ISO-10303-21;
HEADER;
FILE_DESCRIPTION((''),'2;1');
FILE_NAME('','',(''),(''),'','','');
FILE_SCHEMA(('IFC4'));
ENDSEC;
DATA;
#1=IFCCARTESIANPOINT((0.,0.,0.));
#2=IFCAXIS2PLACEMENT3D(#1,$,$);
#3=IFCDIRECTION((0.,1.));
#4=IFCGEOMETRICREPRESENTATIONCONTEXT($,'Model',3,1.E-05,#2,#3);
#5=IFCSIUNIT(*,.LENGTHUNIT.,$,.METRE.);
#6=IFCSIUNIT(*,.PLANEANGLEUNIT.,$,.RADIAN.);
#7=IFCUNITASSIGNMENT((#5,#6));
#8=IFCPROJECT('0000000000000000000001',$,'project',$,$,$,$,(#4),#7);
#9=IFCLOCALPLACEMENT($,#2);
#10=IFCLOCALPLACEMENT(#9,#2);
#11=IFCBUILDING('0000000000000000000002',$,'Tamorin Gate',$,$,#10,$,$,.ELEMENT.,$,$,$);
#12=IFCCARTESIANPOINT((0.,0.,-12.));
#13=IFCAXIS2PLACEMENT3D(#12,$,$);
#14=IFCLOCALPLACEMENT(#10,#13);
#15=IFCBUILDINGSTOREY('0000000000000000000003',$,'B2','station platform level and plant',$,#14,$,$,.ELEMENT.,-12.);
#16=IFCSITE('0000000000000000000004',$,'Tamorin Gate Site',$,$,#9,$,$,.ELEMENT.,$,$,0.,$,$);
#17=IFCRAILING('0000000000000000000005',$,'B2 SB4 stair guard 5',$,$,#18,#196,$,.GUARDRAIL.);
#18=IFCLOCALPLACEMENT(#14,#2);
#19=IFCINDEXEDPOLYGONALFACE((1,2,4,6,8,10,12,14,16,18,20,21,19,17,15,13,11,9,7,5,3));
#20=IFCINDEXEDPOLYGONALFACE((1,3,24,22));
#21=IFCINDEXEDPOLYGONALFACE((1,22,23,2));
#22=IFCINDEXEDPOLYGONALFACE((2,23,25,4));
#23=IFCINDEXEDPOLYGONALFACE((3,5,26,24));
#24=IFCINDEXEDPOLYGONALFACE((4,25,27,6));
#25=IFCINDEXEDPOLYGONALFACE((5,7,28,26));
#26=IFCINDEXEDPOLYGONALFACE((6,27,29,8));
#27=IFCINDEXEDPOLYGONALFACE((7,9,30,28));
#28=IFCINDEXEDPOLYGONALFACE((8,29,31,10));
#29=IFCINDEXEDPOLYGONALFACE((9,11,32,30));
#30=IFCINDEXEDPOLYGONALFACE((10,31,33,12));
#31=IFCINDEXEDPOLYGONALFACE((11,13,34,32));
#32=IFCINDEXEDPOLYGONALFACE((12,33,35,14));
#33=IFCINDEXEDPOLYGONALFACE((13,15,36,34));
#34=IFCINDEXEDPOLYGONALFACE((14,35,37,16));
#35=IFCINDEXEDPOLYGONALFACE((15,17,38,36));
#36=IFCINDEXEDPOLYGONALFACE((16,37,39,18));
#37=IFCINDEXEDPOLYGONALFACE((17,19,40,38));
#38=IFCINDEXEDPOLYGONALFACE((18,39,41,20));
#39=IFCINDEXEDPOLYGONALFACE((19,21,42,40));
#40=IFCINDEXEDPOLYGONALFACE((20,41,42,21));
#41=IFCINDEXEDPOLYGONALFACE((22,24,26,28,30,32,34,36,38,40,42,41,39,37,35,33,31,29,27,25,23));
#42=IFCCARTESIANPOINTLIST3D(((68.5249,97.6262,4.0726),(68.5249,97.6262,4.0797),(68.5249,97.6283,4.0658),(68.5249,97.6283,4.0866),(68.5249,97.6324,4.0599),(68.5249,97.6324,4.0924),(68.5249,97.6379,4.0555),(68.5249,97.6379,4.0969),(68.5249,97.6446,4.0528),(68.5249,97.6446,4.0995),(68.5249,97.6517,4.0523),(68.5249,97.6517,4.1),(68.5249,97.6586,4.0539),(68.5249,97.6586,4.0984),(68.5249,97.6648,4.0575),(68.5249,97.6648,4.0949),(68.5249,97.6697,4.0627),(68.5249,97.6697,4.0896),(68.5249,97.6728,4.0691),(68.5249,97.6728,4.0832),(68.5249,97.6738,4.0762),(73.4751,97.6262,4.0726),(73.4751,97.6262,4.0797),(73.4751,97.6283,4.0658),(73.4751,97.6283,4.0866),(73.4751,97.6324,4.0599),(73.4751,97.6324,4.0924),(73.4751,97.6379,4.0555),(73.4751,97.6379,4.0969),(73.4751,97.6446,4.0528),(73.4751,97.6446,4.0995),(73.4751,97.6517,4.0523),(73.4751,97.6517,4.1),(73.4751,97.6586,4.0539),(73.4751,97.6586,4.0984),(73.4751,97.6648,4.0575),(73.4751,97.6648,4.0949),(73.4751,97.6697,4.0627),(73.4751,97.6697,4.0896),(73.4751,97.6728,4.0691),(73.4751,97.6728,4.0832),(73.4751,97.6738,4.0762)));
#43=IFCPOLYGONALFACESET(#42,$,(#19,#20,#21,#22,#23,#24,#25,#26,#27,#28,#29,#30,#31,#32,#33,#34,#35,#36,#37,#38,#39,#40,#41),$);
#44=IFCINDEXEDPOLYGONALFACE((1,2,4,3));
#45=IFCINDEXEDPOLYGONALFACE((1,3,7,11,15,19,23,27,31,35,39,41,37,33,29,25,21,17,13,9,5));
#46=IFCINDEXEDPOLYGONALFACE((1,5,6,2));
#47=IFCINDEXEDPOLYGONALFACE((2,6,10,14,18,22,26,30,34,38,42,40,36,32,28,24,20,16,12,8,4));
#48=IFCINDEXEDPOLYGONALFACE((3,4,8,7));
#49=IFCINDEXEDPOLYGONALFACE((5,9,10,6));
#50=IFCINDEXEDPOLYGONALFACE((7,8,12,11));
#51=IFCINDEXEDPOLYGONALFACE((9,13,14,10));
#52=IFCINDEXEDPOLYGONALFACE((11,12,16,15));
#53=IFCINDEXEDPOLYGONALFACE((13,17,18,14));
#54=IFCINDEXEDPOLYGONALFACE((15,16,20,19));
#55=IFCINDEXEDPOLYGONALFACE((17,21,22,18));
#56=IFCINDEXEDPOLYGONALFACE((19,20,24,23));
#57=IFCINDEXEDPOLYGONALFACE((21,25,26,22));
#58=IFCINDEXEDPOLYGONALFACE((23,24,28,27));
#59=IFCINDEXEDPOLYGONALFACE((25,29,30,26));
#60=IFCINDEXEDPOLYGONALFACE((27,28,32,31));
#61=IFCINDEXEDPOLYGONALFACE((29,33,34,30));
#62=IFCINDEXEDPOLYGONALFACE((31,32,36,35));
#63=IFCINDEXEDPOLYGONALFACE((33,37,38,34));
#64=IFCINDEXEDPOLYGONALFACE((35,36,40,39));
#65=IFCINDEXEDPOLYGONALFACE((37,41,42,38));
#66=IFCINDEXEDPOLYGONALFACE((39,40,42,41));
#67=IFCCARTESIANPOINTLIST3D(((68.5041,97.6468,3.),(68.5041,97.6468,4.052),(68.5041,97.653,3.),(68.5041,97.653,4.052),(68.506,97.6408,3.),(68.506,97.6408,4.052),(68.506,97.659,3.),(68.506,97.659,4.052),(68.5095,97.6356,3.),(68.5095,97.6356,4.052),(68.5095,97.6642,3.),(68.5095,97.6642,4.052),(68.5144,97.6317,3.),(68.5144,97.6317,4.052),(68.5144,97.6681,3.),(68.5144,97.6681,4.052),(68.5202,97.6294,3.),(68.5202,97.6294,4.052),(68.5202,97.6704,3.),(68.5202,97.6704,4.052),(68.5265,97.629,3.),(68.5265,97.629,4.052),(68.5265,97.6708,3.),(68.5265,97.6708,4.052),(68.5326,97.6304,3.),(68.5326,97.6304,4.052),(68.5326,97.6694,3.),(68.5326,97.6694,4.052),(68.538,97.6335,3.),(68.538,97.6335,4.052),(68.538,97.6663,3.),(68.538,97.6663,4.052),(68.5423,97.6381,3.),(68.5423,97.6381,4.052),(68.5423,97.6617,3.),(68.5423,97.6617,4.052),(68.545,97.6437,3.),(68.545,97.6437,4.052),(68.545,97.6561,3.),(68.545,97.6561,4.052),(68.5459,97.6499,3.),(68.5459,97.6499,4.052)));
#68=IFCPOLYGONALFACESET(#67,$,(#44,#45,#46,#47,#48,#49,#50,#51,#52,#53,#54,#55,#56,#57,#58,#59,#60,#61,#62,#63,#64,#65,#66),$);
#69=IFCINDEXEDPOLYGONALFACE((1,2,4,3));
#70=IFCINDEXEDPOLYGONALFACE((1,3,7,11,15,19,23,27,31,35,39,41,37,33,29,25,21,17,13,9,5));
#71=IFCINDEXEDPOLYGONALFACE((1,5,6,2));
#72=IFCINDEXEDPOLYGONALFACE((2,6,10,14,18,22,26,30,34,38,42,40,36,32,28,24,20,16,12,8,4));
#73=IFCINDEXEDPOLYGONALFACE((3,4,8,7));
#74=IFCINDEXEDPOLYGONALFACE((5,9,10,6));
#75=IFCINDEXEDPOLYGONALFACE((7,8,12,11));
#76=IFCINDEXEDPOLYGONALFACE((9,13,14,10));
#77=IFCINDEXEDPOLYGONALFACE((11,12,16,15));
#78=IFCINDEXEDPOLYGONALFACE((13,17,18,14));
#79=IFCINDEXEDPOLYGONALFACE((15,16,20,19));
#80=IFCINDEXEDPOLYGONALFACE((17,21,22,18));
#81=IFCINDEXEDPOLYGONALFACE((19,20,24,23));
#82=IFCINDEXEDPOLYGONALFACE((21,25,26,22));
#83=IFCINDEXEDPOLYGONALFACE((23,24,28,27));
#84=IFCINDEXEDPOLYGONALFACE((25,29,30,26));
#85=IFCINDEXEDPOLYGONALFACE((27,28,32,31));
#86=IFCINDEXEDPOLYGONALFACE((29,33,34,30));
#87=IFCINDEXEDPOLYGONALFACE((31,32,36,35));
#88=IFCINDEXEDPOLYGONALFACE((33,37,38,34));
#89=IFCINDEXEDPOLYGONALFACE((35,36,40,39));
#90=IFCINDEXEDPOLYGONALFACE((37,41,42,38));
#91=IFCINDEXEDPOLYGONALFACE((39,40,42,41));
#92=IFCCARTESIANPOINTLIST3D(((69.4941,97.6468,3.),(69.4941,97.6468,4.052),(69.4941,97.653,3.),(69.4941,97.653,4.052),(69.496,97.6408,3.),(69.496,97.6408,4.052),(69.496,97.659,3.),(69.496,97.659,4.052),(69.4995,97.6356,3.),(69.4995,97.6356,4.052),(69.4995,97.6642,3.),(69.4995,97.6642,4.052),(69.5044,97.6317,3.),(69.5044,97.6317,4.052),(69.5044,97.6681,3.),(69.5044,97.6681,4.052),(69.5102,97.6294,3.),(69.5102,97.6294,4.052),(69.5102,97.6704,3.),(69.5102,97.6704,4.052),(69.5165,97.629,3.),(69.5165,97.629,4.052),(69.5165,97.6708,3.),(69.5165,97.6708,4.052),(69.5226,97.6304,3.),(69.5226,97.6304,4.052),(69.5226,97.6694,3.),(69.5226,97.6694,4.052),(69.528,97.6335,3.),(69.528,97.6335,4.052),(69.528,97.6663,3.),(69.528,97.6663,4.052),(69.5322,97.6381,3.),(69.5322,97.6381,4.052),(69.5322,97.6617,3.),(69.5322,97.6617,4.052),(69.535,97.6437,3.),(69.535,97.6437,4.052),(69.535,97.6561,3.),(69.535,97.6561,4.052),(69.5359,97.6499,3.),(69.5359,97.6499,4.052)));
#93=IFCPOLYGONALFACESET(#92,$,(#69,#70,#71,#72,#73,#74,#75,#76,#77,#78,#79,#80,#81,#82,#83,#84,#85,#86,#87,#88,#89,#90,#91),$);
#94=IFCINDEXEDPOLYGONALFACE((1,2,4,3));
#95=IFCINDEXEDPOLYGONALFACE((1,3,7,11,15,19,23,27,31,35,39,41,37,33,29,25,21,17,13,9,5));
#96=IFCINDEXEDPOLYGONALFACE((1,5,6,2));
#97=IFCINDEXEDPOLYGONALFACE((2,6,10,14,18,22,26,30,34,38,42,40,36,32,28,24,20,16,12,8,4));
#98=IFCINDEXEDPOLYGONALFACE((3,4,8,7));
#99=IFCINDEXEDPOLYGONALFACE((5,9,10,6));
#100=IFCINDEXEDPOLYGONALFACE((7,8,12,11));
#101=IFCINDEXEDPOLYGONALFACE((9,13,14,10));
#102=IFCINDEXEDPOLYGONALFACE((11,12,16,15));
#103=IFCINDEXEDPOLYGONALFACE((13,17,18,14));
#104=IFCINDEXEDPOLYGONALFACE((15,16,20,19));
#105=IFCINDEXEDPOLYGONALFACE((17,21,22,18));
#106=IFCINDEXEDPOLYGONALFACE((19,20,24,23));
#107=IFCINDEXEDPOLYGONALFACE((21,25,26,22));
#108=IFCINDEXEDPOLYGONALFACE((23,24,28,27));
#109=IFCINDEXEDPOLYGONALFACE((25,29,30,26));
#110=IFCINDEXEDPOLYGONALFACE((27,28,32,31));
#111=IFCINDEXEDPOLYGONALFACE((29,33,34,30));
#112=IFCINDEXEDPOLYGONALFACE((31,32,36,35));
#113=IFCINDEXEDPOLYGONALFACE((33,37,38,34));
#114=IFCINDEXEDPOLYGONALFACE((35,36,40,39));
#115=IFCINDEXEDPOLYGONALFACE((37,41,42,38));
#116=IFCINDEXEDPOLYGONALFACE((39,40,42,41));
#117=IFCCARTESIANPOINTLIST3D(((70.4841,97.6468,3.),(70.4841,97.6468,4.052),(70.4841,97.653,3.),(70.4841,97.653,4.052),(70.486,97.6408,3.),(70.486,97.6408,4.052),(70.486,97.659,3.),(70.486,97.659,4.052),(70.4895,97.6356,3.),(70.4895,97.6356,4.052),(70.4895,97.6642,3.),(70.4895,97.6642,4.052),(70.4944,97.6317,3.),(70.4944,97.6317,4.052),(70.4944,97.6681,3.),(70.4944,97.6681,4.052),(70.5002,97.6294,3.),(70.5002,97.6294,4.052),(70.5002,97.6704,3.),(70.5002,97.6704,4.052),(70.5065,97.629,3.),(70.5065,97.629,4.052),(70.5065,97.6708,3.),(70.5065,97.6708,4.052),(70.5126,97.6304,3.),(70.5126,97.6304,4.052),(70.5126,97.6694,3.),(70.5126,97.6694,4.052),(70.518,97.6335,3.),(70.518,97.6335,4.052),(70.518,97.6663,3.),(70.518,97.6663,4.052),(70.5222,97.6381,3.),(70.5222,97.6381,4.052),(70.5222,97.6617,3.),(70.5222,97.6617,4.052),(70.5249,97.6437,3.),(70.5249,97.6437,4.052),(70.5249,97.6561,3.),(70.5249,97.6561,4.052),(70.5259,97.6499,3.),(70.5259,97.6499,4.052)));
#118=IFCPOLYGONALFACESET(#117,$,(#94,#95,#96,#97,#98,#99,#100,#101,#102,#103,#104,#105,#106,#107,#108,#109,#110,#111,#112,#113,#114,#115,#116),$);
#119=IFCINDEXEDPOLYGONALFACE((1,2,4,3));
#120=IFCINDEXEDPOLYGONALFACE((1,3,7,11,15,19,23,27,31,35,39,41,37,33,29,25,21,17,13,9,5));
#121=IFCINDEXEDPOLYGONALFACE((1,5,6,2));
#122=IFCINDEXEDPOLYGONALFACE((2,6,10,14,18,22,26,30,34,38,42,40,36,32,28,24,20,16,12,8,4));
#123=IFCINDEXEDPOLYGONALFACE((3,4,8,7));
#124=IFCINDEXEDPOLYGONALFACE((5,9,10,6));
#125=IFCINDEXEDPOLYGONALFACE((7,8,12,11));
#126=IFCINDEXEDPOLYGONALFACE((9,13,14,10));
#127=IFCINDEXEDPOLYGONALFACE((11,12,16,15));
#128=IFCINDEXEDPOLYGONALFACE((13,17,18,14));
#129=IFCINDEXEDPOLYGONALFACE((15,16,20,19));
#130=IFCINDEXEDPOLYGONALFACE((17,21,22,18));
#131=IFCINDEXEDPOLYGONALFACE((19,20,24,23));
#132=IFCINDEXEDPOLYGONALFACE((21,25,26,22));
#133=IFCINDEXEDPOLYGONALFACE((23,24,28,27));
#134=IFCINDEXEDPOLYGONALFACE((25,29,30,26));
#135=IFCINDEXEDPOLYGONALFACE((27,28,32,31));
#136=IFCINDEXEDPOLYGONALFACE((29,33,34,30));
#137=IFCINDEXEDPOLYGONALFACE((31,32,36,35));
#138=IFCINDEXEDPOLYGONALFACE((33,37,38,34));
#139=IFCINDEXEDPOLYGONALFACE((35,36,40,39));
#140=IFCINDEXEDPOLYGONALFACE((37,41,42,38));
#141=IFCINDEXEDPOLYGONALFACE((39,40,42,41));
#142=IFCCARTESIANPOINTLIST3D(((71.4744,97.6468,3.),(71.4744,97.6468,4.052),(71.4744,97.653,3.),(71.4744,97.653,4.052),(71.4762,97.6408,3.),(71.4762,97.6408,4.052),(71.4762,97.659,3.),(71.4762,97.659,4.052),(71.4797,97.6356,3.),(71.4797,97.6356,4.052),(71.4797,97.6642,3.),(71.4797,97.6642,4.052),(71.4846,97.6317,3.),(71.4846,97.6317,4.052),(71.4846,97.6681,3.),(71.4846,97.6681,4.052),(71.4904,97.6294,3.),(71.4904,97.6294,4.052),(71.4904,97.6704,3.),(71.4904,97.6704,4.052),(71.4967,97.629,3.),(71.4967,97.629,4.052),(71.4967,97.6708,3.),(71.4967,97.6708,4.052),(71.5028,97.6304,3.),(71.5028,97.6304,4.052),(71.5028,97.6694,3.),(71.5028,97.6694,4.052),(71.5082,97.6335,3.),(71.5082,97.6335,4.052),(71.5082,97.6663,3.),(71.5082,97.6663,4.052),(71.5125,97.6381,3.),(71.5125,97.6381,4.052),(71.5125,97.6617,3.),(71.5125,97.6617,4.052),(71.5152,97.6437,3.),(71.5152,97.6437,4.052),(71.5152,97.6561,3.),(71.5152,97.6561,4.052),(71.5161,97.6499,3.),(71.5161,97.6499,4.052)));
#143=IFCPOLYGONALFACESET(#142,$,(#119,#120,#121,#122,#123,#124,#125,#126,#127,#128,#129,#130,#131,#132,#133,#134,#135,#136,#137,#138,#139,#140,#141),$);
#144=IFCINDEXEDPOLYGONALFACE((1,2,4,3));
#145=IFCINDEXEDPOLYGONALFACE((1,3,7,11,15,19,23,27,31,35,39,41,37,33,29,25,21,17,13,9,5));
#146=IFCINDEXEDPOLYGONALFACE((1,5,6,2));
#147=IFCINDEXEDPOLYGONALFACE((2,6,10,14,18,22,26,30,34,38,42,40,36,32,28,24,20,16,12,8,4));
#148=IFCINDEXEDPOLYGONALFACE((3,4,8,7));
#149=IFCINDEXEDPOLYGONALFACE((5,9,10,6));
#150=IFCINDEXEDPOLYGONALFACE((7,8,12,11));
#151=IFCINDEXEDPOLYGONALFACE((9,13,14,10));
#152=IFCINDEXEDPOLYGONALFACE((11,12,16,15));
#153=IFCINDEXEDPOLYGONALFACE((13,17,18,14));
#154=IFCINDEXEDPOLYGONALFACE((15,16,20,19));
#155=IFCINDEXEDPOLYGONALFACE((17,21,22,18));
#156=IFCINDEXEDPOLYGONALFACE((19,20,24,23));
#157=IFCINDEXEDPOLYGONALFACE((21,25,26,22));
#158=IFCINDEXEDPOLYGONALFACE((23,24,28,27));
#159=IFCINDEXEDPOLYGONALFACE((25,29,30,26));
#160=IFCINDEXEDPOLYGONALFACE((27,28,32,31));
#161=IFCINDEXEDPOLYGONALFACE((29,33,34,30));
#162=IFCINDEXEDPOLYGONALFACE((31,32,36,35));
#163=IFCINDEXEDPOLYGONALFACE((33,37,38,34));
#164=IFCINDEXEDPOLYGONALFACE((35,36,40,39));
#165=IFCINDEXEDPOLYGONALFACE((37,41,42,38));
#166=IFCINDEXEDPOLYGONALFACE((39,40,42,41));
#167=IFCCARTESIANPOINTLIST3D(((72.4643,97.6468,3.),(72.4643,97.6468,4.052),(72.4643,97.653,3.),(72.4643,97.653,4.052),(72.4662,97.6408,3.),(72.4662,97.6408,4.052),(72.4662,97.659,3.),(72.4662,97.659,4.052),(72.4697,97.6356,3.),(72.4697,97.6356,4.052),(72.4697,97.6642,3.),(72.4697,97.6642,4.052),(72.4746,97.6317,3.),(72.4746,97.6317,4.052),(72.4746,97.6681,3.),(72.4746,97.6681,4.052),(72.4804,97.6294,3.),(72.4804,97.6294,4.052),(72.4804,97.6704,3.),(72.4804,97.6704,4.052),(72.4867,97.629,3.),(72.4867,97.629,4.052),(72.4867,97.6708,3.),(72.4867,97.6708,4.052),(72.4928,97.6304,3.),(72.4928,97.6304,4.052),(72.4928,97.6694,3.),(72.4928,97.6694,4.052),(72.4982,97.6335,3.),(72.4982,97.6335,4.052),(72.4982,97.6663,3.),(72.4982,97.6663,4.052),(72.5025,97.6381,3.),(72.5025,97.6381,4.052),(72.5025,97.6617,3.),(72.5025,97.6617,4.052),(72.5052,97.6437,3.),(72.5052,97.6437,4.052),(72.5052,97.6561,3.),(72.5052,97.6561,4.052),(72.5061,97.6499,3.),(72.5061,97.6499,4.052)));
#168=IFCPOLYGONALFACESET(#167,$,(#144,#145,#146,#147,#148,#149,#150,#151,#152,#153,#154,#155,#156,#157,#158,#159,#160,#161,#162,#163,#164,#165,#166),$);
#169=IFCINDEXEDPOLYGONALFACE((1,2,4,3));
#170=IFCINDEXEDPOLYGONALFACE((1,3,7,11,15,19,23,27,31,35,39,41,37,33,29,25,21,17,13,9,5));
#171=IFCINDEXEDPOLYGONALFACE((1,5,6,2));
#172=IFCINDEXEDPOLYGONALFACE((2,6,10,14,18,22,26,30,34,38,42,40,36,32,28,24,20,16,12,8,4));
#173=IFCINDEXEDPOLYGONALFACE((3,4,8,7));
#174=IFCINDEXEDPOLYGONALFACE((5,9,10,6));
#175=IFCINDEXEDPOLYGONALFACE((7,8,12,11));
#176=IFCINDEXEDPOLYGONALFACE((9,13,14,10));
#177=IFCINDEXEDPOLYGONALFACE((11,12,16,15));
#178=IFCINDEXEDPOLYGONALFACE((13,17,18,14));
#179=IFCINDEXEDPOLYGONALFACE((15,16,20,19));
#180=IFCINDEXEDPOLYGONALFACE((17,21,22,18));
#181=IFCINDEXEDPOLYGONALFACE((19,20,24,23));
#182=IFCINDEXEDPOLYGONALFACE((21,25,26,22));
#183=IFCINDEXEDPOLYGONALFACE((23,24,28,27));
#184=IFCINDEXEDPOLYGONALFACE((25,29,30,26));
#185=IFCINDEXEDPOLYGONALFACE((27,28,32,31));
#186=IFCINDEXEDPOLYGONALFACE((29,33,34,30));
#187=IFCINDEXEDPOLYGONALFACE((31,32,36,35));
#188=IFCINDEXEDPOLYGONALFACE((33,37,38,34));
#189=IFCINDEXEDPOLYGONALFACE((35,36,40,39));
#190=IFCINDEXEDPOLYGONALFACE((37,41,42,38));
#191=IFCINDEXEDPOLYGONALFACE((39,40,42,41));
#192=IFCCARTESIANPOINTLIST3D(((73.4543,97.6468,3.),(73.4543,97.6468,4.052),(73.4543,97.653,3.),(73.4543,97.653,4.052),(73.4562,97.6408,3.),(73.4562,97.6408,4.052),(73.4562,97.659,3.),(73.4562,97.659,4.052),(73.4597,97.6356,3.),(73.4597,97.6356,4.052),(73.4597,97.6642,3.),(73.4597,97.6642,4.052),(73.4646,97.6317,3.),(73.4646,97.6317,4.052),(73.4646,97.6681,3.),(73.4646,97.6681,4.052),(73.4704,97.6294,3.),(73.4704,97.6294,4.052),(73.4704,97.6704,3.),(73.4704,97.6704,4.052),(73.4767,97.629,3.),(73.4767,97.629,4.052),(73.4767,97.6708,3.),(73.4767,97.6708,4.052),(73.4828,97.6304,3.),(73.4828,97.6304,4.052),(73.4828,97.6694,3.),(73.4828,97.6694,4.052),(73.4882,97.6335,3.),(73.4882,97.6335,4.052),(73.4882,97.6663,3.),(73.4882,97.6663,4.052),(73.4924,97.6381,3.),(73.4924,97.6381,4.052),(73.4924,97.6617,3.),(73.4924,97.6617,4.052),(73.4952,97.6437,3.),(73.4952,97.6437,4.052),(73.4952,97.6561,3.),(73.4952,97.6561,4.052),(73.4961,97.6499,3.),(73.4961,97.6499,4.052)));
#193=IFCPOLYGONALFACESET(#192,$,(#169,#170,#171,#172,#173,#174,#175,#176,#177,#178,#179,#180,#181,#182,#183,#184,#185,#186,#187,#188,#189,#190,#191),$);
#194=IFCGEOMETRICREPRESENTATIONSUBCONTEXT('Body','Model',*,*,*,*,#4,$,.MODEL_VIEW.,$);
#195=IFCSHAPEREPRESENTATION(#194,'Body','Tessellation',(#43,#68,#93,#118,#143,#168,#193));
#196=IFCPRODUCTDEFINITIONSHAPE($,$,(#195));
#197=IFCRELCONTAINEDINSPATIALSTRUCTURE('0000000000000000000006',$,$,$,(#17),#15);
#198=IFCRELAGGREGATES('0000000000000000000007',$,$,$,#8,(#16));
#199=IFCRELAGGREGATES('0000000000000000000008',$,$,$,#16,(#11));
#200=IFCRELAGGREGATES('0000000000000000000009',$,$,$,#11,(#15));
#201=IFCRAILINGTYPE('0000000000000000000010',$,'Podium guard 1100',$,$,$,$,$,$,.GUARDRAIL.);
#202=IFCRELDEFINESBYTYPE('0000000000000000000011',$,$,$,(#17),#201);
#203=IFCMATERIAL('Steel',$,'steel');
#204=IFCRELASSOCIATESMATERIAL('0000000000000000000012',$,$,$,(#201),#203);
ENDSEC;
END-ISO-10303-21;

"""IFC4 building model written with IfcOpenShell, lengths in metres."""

from ifc_helpers import new_model, si_unit, direction, frame, origin, origin_2d, place, context, subcontext, project, spatial, circle, extrude, material, type_object, element, save


model = new_model("IFC4")

# Units and contexts
model_context = context("Model", 3, precision=1e-05, world=origin(), true_north=direction((0.0, 1.0)))
body_context = subcontext(model_context, "Body", "Model", "MODEL_VIEW")
ifc_project = project(units=[si_unit("LENGTHUNIT", "METRE"), si_unit("PLANEANGLEUNIT", "RADIAN")], contexts=[model_context])

# Site, building, storey
site_placement = place(None, origin())
site = spatial("IfcSite", under=ifc_project, at=site_placement, Name="Tamorin Gate Site", CompositionType="ELEMENT", RefElevation=0.0)
building_placement = place(site_placement, origin())
building = spatial("IfcBuilding", under=site, at=building_placement, Name="Tamorin Gate", CompositionType="ELEMENT")
storey_placement = place(building_placement, frame((0.0, 0.0, -12.0)))
storey = spatial("IfcBuildingStorey", under=building, at=storey_placement, Name="B2", Description="station platform level and plant", CompositionType="ELEMENT", Elevation=-12.0)

# Railing
ifc_material_1 = material(Name="Steel", Category="steel")
railing_type = type_object("IfcRailingType", Name="Podium guard 1100", PredefinedType="GUARDRAIL", material=ifc_material_1)
railing_1_placement = place(storey_placement, frame((68.5249, 97.6499, 3.0)))
element("IfcRailing", 1, at=railing_1_placement, inside=storey, type_object=railing_type, Name="B2 SB4 stair guard 5", PredefinedType="GUARDRAIL", context=body_context, shape_type="SweptSolid", body=[
    extrude(circle(Radius=0.0239, at=origin_2d()), frame((0.0, 0.0, 1.0762), z_axis=(1.0, 0.0, 0.0), x_axis=(0.0, 1.0, 0.0)), (0.0, 0.0, 1.0), 4.9502),
    extrude(circle(Radius=0.021, at=origin_2d()), origin(), (0.0, 0.0, 1.0), 1.052),
    extrude(circle(Radius=0.021, at=origin_2d()), frame((0.99, 0.0, 0.0)), (0.0, 0.0, 1.0), 1.052),
    extrude(circle(Radius=0.021, at=origin_2d()), frame((1.98, 0.0, 0.0)), (0.0, 0.0, 1.0), 1.052),
    extrude(circle(Radius=0.021, at=origin_2d()), frame((2.9702, 0.0, 0.0)), (0.0, 0.0, 1.0), 1.052),
    extrude(circle(Radius=0.021, at=origin_2d()), frame((3.9602, 0.0, 0.0)), (0.0, 0.0, 1.0), 1.052),
    extrude(circle(Radius=0.021, at=origin_2d()), frame((4.9502, 0.0, 0.0)), (0.0, 0.0, 1.0), 1.052),
])

save(model, "model.ifc")
